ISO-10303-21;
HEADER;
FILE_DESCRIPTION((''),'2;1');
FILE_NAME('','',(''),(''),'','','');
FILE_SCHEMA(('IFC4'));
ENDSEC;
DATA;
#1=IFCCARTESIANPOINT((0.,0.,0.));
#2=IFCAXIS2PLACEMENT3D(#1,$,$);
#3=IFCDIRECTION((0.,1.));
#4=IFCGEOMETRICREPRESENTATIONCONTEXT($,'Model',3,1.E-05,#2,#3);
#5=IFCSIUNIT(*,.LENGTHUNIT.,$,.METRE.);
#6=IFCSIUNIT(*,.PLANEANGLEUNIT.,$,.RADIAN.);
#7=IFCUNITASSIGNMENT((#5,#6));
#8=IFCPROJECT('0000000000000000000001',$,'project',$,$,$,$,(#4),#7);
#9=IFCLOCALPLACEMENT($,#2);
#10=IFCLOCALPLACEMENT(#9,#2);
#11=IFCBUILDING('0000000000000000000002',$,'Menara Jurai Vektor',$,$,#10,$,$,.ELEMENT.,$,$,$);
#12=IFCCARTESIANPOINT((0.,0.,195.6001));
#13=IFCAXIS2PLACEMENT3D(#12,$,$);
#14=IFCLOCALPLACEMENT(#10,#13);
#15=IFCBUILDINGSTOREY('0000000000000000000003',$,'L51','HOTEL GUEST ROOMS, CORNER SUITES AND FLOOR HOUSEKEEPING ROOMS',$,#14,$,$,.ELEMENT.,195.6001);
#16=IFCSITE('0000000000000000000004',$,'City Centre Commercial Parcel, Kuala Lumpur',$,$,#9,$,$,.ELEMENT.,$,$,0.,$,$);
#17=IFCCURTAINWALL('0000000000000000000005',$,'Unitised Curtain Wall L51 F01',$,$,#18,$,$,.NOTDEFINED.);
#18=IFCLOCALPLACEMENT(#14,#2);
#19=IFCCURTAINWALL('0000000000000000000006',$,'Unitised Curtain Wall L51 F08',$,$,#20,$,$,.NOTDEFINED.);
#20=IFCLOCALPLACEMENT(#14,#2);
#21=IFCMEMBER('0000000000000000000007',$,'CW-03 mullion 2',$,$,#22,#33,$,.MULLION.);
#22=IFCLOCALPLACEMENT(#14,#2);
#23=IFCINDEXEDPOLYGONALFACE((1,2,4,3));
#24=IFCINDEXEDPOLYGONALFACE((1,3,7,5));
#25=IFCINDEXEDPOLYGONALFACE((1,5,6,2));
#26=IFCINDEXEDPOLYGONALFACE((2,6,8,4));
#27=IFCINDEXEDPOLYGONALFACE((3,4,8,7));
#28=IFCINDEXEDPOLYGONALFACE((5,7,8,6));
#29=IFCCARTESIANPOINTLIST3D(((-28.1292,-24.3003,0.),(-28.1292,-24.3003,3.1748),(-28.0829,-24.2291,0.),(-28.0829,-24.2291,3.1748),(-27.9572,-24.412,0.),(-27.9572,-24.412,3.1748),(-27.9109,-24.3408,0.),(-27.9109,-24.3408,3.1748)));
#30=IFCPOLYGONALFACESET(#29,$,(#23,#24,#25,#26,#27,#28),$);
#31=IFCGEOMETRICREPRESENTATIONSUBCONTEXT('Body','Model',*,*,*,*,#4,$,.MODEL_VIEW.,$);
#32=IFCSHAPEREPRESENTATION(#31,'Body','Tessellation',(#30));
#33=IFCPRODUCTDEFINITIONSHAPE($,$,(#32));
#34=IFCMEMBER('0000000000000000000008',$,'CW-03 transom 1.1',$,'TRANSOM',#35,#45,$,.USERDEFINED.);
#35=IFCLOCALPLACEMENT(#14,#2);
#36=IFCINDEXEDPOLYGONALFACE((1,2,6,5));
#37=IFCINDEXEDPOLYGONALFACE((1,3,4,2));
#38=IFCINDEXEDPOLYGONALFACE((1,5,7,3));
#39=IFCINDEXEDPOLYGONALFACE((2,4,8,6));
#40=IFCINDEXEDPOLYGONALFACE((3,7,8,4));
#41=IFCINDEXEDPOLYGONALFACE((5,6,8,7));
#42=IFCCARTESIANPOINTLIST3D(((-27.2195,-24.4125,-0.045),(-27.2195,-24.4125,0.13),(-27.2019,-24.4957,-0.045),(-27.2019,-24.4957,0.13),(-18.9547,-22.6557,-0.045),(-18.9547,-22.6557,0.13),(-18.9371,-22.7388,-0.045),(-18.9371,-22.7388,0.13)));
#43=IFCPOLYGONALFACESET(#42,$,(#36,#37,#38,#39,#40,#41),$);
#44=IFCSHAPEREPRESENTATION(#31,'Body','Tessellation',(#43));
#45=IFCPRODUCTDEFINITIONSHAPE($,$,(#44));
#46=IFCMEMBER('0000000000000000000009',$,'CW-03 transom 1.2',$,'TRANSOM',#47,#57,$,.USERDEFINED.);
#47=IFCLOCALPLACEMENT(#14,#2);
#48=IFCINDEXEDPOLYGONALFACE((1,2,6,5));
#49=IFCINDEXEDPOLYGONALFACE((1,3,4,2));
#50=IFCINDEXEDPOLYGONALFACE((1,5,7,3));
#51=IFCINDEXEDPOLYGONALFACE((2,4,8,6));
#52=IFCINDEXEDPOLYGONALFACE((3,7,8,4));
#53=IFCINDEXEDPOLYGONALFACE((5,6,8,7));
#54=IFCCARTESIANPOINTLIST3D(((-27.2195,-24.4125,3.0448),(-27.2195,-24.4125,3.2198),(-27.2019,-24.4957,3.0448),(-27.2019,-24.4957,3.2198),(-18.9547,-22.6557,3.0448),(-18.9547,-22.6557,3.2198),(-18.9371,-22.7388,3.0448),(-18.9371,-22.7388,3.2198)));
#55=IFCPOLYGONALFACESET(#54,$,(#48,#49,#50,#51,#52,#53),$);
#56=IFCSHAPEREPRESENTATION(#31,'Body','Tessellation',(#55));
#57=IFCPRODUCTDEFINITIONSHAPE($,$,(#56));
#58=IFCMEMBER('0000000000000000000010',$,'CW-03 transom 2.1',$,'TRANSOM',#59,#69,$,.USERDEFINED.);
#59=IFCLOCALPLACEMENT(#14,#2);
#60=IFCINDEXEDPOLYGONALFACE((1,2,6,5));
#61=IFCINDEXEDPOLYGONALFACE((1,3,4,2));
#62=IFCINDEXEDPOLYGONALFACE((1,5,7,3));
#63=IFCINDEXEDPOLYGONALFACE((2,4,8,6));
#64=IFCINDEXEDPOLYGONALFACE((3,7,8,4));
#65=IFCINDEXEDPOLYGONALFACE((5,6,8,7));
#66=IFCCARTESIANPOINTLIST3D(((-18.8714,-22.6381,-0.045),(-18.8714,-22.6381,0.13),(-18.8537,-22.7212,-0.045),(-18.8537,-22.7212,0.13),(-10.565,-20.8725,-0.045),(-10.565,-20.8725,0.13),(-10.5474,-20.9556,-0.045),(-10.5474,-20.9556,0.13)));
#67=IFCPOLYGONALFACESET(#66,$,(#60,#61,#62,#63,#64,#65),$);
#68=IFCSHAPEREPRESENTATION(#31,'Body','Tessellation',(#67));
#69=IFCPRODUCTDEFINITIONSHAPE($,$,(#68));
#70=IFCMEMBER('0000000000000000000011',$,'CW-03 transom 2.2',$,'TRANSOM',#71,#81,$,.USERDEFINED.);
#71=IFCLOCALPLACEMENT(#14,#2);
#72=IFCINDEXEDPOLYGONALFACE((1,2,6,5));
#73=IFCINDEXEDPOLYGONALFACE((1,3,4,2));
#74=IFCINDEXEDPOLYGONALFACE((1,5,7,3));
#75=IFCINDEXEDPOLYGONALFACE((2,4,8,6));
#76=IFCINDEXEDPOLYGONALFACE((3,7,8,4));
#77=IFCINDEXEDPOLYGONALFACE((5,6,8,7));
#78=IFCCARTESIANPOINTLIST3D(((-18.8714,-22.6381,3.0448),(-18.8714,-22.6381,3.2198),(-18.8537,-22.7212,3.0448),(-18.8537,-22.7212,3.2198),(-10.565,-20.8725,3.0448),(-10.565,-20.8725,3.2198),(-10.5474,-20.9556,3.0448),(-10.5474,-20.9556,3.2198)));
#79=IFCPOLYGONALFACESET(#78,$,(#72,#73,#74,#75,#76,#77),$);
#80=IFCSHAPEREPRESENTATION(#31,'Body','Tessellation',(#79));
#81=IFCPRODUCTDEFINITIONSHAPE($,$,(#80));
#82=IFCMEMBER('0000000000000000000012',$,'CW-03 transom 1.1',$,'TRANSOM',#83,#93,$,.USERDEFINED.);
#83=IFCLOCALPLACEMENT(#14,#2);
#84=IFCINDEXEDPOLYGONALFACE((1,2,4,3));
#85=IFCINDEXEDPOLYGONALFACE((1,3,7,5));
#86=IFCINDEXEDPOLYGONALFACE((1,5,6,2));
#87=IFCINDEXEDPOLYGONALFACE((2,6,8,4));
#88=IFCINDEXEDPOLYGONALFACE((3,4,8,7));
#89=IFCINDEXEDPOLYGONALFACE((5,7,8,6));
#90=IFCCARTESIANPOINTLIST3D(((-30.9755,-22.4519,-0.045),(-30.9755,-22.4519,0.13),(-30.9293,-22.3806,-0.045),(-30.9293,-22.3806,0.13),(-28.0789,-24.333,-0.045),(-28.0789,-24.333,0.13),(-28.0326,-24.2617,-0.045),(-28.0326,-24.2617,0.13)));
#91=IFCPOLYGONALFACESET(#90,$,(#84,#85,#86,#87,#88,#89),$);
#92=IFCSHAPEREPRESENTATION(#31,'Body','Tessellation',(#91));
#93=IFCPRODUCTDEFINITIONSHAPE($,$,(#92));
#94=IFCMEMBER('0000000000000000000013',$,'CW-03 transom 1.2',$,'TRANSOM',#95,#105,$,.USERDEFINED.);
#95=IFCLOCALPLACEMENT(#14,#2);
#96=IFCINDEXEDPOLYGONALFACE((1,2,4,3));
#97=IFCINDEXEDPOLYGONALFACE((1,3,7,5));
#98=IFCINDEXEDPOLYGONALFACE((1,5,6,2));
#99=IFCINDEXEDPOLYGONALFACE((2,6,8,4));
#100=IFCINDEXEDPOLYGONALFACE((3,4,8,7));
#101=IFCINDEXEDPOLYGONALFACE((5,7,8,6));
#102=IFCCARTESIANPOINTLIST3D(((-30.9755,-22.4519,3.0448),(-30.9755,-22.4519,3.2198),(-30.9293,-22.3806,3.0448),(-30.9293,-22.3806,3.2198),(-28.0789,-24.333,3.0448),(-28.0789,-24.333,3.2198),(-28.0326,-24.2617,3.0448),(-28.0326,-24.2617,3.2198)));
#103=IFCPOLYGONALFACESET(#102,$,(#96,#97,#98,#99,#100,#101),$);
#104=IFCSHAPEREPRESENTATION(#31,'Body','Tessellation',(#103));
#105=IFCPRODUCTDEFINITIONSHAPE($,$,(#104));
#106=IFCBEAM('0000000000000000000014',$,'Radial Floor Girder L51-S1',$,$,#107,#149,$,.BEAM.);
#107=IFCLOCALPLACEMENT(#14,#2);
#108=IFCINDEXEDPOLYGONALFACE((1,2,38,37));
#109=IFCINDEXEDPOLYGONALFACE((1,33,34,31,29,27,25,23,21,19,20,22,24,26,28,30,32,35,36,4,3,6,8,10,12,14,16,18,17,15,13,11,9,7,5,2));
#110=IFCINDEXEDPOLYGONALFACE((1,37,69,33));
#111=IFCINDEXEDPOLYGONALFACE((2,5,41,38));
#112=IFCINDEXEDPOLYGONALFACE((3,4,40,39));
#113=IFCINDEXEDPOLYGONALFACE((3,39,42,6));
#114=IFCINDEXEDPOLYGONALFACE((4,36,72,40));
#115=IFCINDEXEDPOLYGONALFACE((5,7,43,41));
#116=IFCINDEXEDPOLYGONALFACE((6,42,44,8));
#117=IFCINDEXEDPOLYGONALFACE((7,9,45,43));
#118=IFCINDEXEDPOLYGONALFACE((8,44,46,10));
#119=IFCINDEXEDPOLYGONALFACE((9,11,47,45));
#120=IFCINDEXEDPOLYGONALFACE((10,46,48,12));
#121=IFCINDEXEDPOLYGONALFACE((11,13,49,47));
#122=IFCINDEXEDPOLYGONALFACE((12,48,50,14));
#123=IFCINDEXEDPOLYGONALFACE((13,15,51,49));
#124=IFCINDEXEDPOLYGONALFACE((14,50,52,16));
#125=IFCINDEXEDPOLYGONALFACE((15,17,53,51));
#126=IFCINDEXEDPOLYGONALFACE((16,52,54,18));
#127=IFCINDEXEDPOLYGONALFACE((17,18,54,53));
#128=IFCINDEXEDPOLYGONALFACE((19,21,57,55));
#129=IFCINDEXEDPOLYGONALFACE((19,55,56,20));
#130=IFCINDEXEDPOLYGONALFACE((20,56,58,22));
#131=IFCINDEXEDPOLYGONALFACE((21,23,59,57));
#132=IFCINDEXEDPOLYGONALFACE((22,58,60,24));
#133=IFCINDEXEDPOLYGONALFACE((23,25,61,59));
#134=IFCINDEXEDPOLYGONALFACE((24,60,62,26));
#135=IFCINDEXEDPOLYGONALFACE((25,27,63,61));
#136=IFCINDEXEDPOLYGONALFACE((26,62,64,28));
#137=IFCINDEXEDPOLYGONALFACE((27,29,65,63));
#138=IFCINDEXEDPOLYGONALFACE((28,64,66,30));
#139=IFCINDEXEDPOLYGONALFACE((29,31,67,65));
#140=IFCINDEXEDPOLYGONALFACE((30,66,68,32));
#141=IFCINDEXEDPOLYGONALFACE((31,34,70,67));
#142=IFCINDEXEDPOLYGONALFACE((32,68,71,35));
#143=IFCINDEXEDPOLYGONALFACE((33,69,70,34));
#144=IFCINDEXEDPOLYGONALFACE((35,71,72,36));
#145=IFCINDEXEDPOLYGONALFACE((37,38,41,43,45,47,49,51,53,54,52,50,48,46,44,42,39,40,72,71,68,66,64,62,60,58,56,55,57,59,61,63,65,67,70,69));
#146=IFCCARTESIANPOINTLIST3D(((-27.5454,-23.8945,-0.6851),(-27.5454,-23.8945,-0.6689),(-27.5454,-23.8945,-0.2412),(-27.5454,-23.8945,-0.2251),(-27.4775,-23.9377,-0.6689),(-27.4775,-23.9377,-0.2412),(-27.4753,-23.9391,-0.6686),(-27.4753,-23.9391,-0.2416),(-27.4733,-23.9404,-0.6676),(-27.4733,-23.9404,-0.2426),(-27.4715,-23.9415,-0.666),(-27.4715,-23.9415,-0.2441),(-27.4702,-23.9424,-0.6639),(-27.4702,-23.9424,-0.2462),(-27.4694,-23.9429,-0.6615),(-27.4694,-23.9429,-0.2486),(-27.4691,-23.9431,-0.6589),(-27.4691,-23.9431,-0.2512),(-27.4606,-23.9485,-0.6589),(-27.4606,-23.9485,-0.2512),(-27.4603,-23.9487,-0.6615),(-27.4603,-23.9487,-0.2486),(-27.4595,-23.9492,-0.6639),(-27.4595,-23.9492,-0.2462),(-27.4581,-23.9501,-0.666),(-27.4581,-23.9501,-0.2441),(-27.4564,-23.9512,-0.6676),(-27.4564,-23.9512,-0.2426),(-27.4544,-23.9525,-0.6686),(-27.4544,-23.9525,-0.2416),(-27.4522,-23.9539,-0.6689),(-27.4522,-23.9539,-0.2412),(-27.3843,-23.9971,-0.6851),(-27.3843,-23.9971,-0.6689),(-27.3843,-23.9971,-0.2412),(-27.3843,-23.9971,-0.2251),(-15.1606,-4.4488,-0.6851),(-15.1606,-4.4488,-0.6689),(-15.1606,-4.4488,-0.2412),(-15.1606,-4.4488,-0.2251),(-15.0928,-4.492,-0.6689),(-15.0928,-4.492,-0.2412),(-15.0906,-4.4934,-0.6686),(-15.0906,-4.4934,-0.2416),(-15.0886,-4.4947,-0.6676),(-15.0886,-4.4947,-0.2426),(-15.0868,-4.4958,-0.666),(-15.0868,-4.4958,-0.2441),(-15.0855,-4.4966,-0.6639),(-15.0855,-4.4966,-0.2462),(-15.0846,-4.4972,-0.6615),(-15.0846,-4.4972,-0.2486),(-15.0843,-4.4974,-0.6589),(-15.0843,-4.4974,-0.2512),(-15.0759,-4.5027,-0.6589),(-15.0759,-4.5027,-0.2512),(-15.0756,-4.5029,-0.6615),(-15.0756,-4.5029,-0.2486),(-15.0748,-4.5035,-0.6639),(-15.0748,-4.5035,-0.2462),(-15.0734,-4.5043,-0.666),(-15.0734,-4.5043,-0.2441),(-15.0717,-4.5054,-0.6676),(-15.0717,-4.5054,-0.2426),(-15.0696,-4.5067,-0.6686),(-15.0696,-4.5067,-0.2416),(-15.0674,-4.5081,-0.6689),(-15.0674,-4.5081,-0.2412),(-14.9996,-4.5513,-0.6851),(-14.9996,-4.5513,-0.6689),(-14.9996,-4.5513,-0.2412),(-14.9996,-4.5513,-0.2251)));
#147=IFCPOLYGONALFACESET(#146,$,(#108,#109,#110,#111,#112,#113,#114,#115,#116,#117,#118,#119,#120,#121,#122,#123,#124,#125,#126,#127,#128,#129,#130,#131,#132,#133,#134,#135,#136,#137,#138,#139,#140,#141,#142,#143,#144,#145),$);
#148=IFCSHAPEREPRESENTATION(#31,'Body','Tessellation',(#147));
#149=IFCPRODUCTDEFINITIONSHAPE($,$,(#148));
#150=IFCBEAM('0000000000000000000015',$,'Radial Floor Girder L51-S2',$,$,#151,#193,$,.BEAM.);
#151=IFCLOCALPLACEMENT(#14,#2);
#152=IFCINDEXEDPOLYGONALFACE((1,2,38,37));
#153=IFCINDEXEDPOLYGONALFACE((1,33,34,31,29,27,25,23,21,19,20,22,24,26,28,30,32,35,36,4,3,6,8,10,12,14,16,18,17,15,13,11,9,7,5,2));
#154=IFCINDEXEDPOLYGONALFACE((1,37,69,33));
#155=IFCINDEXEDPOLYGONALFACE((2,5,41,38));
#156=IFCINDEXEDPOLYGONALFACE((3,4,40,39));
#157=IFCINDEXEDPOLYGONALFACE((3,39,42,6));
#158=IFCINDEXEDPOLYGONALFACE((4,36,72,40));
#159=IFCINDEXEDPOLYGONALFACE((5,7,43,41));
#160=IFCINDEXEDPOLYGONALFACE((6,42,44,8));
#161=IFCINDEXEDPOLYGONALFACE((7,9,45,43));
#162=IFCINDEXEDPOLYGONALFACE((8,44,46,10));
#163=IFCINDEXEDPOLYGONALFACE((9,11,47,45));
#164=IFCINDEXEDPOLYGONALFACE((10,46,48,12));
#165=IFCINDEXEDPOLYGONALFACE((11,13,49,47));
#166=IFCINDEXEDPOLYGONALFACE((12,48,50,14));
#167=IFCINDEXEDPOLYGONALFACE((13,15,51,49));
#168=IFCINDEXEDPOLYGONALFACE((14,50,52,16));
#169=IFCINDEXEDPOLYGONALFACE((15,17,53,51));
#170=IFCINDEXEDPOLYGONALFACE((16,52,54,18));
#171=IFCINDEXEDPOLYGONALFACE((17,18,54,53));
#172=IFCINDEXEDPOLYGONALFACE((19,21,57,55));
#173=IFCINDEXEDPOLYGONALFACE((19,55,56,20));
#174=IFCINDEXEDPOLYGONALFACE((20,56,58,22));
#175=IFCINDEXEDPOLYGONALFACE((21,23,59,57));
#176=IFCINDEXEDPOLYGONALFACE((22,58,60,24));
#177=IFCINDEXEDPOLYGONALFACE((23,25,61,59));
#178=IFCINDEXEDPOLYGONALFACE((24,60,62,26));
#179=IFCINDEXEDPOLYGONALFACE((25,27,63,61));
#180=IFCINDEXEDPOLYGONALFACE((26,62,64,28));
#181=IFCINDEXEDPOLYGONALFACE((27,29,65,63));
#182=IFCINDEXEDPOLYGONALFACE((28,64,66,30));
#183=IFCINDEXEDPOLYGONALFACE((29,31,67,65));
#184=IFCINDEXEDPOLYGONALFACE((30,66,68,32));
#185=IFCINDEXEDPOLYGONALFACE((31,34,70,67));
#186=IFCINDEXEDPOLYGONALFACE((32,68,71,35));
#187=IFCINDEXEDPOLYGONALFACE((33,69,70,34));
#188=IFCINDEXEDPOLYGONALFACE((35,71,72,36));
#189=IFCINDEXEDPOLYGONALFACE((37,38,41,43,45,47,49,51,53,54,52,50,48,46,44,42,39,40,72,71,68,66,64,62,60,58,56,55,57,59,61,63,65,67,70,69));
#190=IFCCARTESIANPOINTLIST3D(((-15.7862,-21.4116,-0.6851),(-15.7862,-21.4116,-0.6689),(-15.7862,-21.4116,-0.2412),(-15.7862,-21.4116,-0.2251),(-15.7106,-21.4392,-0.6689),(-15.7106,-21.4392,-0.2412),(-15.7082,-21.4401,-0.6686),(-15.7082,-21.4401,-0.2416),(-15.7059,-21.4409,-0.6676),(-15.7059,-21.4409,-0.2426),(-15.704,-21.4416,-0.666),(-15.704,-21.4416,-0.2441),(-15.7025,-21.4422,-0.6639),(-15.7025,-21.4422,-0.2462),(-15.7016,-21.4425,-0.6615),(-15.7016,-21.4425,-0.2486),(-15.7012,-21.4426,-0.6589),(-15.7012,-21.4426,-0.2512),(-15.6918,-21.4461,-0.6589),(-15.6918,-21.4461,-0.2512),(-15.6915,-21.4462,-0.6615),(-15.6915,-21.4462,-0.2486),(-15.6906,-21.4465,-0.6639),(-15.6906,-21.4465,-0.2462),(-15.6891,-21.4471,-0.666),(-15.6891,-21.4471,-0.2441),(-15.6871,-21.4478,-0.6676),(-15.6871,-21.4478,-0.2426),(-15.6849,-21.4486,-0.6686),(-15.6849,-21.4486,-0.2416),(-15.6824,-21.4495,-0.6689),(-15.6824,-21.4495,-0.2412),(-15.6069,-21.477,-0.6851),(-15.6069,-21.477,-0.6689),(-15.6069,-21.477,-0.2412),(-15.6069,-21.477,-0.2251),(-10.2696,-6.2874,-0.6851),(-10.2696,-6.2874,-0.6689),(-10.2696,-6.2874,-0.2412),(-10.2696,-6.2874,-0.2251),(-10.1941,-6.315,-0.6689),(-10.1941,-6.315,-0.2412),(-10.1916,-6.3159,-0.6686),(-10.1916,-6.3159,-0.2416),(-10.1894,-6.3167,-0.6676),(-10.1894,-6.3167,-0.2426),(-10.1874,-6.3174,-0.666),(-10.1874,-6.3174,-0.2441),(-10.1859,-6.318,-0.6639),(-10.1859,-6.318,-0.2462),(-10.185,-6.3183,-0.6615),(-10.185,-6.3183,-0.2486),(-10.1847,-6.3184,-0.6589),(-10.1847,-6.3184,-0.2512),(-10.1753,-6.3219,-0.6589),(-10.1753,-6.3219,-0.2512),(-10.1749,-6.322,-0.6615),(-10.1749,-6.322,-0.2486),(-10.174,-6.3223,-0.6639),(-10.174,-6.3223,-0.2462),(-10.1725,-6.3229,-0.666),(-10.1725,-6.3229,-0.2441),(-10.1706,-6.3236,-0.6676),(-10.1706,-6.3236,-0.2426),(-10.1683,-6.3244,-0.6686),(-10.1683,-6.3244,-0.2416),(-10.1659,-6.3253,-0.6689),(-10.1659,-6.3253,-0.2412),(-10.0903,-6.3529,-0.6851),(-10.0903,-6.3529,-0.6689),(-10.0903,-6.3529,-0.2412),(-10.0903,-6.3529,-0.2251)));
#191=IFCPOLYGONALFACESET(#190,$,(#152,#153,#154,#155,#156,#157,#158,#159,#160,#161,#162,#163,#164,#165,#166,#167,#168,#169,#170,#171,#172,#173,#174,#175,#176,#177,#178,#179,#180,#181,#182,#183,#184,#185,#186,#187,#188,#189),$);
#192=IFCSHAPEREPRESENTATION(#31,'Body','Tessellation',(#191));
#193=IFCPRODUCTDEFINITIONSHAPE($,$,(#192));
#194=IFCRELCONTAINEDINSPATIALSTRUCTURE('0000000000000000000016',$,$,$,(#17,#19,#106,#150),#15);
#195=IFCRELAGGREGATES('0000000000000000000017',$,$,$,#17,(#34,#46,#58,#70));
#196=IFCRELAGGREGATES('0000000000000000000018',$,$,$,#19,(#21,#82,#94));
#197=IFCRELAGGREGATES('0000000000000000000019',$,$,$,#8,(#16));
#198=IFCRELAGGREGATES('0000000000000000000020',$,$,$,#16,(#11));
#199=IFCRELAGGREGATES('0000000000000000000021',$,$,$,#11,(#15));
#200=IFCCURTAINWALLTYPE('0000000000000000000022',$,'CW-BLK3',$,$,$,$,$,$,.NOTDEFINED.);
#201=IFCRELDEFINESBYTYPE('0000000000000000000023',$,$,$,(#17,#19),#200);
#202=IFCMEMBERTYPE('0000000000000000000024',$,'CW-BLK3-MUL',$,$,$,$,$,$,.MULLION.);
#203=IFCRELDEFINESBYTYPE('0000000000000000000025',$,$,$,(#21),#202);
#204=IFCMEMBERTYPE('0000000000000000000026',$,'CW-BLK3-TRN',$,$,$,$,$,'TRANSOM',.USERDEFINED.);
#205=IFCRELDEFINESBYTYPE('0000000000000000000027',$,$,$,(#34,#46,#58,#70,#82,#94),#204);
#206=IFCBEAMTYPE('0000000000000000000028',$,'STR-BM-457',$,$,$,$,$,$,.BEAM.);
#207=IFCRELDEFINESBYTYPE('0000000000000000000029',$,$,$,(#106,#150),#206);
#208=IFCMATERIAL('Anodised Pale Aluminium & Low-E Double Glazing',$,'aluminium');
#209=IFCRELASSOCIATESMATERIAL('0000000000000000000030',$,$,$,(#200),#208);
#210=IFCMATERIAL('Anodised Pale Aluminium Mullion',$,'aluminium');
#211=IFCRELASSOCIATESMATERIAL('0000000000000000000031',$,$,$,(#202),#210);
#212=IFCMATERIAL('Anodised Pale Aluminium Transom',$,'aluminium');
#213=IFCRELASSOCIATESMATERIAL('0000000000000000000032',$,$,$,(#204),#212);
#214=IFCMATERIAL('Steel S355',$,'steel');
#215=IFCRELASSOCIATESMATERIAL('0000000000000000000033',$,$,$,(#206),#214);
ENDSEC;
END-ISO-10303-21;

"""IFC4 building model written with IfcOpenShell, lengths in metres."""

from ifc_helpers import new_model, si_unit, direction, frame, origin, origin_2d, place, context, subcontext, project, spatial, rectangle, i_section, extrude, material, material_profile, profile_set, type_object, element, aggregate, save


model = new_model("IFC4")

# Units and contexts
model_context = context("Model", 3, precision=1e-05, world=origin(), true_north=direction((0.0, 1.0)))
body_context = subcontext(model_context, "Body", "Model", "MODEL_VIEW")
ifc_project = project(units=[si_unit("LENGTHUNIT", "METRE"), si_unit("PLANEANGLEUNIT", "RADIAN")], contexts=[model_context])

# Site, building, storey
site_placement = place(None, origin())
site = spatial("IfcSite", under=ifc_project, at=site_placement, Name="City Centre Commercial Parcel, Kuala Lumpur", CompositionType="ELEMENT", RefElevation=0.0)
building_placement = place(site_placement, origin())
building = spatial("IfcBuilding", under=site, at=building_placement, Name="Menara Jurai Vektor", CompositionType="ELEMENT")
storey_placement = place(building_placement, frame((0.0, 0.0, 195.6001)))
storey = spatial("IfcBuildingStorey", under=building, at=storey_placement, Name="L51", Description="HOTEL GUEST ROOMS, CORNER SUITES AND FLOOR HOUSEKEEPING ROOMS", CompositionType="ELEMENT", Elevation=195.6001)

# Curtain wall
ifc_material_1 = material(Name="Anodised Pale Aluminium & Low-E Double Glazing", Category="aluminium")
curtain_wall_type = type_object("IfcCurtainWallType", Name="CW-BLK3", PredefinedType="NOTDEFINED", material=ifc_material_1)
curtain_wall_1_placement = place(storey_placement, origin())
curtain_wall_1 = element("IfcCurtainWall", 1, at=curtain_wall_1_placement, inside=storey, type_object=curtain_wall_type, Name="Unitised Curtain Wall L51 F01", PredefinedType="NOTDEFINED")
ifc_material_2 = material(Name="Anodised Pale Aluminium Mullion", Category="aluminium")
ifc_material_profile_1 = material_profile(ifc_material_2, rectangle(XDim=0.085, YDim=0.2051, at=origin_2d()), Name="ALU MUL 85x205")
ifc_profile_set_1 = profile_set([ifc_material_profile_1], Name="Anodised Pale Aluminium Mullion")
member_type_1 = type_object("IfcMemberType", Name="CW-BLK3-MUL", PredefinedType="MULLION", material=ifc_profile_set_1)

# Curtain wall, member
curtain_wall_2_placement = place(storey_placement, origin())
curtain_wall_2 = element("IfcCurtainWall", 2, at=curtain_wall_2_placement, inside=storey, type_object=curtain_wall_type, Name="Unitised Curtain Wall L51 F08", PredefinedType="NOTDEFINED")
member_1_placement = place(storey_placement, frame((-28.02, -24.3206, 0.0), z_axis=(0.0, 0.0, 1.0), x_axis=(0.544618, 0.838684, 0.0)))
member_1 = element("IfcMember", 3, at=member_1_placement, type_object=member_type_1, Name="CW-03 mullion 2", PredefinedType="MULLION", context=body_context, shape_type="SweptSolid", body=[
    extrude(rectangle(XDim=0.085, YDim=0.2051, at=origin_2d()), origin(), (0.0, 0.0, 1.0), 3.1748),
])

# Members
ifc_material_3 = material(Name="Anodised Pale Aluminium Transom", Category="aluminium")
ifc_material_profile_2 = material_profile(ifc_material_3, rectangle(XDim=0.085, YDim=0.175, at=origin_2d()), Name="ALU TRN 85x175")
ifc_profile_set_2 = profile_set([ifc_material_profile_2], Name="Anodised Pale Aluminium Transom")
member_type_2 = type_object("IfcMemberType", Name="CW-BLK3-TRN", ElementType="TRANSOM", PredefinedType="USERDEFINED", material=ifc_profile_set_2)
member_2_placement = place(storey_placement, frame((-27.2107, -24.4541, 0.0425), z_axis=(0.978146, 0.207921, 0.0), x_axis=(-0.207921, 0.978146, 0.0)))
member_2 = element("IfcMember", 4, at=member_2_placement, type_object=member_type_2, Name="CW-03 transom 1.1", ObjectType="TRANSOM", PredefinedType="USERDEFINED", context=body_context, shape_type="SweptSolid", body=[
    extrude(rectangle(XDim=0.085, YDim=0.175, at=origin_2d()), origin(), (0.0, 0.0, 1.0), 8.4495),
])
member_3_placement = place(storey_placement, frame((-27.2107, -24.4541, 3.1323), z_axis=(0.978146, 0.207921, 0.0), x_axis=(-0.207921, 0.978146, 0.0)))
member_3 = element("IfcMember", 5, at=member_3_placement, type_object=member_type_2, Name="CW-03 transom 1.2", ObjectType="TRANSOM", PredefinedType="USERDEFINED", context=body_context, shape_type="SweptSolid", body=[
    extrude(rectangle(XDim=0.085, YDim=0.175, at=origin_2d()), origin(), (0.0, 0.0, 1.0), 8.4495),
])
member_4_placement = place(storey_placement, frame((-18.8625, -22.6797, 0.0425), z_axis=(0.978147, 0.207917, 0.0), x_axis=(-0.207917, 0.978147, 0.0)))
member_4 = element("IfcMember", 6, at=member_4_placement, type_object=member_type_2, Name="CW-03 transom 2.1", ObjectType="TRANSOM", PredefinedType="USERDEFINED", context=body_context, shape_type="SweptSolid", body=[
    extrude(rectangle(XDim=0.085, YDim=0.175, at=origin_2d()), origin(), (0.0, 0.0, 1.0), 8.4919),
])
member_5_placement = place(storey_placement, frame((-18.8625, -22.6797, 3.1323), z_axis=(0.978147, 0.207917, 0.0), x_axis=(-0.207917, 0.978147, 0.0)))
member_5 = element("IfcMember", 7, at=member_5_placement, type_object=member_type_2, Name="CW-03 transom 2.2", ObjectType="TRANSOM", PredefinedType="USERDEFINED", context=body_context, shape_type="SweptSolid", body=[
    extrude(rectangle(XDim=0.085, YDim=0.175, at=origin_2d()), origin(), (0.0, 0.0, 1.0), 8.4919),
])
member_6_placement = place(storey_placement, frame((-30.9524, -22.4163, 0.0425), z_axis=(0.838678, -0.544628, 0.0), x_axis=(0.544628, 0.838678, 0.0)))
member_6 = element("IfcMember", 8, at=member_6_placement, type_object=member_type_2, Name="CW-03 transom 1.1", ObjectType="TRANSOM", PredefinedType="USERDEFINED", context=body_context, shape_type="SweptSolid", body=[
    extrude(rectangle(XDim=0.085, YDim=0.175, at=origin_2d()), origin(), (0.0, 0.0, 1.0), 3.4539),
])
member_7_placement = place(storey_placement, frame((-30.9524, -22.4163, 3.1323), z_axis=(0.838678, -0.544628, 0.0), x_axis=(0.544628, 0.838678, 0.0)))
member_7 = element("IfcMember", 9, at=member_7_placement, type_object=member_type_2, Name="CW-03 transom 1.2", ObjectType="TRANSOM", PredefinedType="USERDEFINED", context=body_context, shape_type="SweptSolid", body=[
    extrude(rectangle(XDim=0.085, YDim=0.175, at=origin_2d()), origin(), (0.0, 0.0, 1.0), 3.4539),
])

# Beams
ifc_material_4 = material(Name="Steel S355", Category="steel")
ifc_material_profile_3 = material_profile(ifc_material_4, i_section(OverallWidth=0.1909, OverallDepth=0.46, WebThickness=0.01, FlangeThickness=0.0161, FilletRadius=0.01, at=origin_2d()), Name="UKB 457x191x82")
ifc_profile_set_3 = profile_set([ifc_material_profile_3], Name="Steel S355")
beam_type_1 = type_object("IfcBeamType", Name="STR-BM-457", PredefinedType="BEAM", material=ifc_profile_set_3)
beam_1_placement = place(storey_placement, frame((-27.4648, -23.9458, -0.4551), z_axis=(0.537189, 0.843462, 0.0), x_axis=(-0.843462, 0.537189, 0.0)))
element("IfcBeam", 10, at=beam_1_placement, inside=storey, type_object=beam_type_1, Name="Radial Floor Girder L51-S1", PredefinedType="BEAM", context=body_context, shape_type="SweptSolid", body=[
    extrude(i_section(OverallWidth=0.1909, OverallDepth=0.46, WebThickness=0.01, FlangeThickness=0.0161, FilletRadius=0.01, at=origin_2d()), origin(), (0.0, 0.0, 1.0), 23.0547),
])
beam_2_placement = place(storey_placement, frame((-15.6965, -21.4443, -0.4551), z_axis=(0.342668, 0.939456, 0.0), x_axis=(-0.939456, 0.342668, 0.0)))
element("IfcBeam", 11, at=beam_2_placement, inside=storey, type_object=beam_type_1, Name="Radial Floor Girder L51-S2", PredefinedType="BEAM", context=body_context, shape_type="SweptSolid", body=[
    extrude(i_section(OverallWidth=0.1909, OverallDepth=0.46, WebThickness=0.01, FlangeThickness=0.0161, FilletRadius=0.01, at=origin_2d()), origin(), (0.0, 0.0, 1.0), 16.0989),
])

aggregate(curtain_wall_1, [member_2, member_3, member_4, member_5])
aggregate(curtain_wall_2, [member_1, member_6, member_7])

save(model, "model.ifc")
